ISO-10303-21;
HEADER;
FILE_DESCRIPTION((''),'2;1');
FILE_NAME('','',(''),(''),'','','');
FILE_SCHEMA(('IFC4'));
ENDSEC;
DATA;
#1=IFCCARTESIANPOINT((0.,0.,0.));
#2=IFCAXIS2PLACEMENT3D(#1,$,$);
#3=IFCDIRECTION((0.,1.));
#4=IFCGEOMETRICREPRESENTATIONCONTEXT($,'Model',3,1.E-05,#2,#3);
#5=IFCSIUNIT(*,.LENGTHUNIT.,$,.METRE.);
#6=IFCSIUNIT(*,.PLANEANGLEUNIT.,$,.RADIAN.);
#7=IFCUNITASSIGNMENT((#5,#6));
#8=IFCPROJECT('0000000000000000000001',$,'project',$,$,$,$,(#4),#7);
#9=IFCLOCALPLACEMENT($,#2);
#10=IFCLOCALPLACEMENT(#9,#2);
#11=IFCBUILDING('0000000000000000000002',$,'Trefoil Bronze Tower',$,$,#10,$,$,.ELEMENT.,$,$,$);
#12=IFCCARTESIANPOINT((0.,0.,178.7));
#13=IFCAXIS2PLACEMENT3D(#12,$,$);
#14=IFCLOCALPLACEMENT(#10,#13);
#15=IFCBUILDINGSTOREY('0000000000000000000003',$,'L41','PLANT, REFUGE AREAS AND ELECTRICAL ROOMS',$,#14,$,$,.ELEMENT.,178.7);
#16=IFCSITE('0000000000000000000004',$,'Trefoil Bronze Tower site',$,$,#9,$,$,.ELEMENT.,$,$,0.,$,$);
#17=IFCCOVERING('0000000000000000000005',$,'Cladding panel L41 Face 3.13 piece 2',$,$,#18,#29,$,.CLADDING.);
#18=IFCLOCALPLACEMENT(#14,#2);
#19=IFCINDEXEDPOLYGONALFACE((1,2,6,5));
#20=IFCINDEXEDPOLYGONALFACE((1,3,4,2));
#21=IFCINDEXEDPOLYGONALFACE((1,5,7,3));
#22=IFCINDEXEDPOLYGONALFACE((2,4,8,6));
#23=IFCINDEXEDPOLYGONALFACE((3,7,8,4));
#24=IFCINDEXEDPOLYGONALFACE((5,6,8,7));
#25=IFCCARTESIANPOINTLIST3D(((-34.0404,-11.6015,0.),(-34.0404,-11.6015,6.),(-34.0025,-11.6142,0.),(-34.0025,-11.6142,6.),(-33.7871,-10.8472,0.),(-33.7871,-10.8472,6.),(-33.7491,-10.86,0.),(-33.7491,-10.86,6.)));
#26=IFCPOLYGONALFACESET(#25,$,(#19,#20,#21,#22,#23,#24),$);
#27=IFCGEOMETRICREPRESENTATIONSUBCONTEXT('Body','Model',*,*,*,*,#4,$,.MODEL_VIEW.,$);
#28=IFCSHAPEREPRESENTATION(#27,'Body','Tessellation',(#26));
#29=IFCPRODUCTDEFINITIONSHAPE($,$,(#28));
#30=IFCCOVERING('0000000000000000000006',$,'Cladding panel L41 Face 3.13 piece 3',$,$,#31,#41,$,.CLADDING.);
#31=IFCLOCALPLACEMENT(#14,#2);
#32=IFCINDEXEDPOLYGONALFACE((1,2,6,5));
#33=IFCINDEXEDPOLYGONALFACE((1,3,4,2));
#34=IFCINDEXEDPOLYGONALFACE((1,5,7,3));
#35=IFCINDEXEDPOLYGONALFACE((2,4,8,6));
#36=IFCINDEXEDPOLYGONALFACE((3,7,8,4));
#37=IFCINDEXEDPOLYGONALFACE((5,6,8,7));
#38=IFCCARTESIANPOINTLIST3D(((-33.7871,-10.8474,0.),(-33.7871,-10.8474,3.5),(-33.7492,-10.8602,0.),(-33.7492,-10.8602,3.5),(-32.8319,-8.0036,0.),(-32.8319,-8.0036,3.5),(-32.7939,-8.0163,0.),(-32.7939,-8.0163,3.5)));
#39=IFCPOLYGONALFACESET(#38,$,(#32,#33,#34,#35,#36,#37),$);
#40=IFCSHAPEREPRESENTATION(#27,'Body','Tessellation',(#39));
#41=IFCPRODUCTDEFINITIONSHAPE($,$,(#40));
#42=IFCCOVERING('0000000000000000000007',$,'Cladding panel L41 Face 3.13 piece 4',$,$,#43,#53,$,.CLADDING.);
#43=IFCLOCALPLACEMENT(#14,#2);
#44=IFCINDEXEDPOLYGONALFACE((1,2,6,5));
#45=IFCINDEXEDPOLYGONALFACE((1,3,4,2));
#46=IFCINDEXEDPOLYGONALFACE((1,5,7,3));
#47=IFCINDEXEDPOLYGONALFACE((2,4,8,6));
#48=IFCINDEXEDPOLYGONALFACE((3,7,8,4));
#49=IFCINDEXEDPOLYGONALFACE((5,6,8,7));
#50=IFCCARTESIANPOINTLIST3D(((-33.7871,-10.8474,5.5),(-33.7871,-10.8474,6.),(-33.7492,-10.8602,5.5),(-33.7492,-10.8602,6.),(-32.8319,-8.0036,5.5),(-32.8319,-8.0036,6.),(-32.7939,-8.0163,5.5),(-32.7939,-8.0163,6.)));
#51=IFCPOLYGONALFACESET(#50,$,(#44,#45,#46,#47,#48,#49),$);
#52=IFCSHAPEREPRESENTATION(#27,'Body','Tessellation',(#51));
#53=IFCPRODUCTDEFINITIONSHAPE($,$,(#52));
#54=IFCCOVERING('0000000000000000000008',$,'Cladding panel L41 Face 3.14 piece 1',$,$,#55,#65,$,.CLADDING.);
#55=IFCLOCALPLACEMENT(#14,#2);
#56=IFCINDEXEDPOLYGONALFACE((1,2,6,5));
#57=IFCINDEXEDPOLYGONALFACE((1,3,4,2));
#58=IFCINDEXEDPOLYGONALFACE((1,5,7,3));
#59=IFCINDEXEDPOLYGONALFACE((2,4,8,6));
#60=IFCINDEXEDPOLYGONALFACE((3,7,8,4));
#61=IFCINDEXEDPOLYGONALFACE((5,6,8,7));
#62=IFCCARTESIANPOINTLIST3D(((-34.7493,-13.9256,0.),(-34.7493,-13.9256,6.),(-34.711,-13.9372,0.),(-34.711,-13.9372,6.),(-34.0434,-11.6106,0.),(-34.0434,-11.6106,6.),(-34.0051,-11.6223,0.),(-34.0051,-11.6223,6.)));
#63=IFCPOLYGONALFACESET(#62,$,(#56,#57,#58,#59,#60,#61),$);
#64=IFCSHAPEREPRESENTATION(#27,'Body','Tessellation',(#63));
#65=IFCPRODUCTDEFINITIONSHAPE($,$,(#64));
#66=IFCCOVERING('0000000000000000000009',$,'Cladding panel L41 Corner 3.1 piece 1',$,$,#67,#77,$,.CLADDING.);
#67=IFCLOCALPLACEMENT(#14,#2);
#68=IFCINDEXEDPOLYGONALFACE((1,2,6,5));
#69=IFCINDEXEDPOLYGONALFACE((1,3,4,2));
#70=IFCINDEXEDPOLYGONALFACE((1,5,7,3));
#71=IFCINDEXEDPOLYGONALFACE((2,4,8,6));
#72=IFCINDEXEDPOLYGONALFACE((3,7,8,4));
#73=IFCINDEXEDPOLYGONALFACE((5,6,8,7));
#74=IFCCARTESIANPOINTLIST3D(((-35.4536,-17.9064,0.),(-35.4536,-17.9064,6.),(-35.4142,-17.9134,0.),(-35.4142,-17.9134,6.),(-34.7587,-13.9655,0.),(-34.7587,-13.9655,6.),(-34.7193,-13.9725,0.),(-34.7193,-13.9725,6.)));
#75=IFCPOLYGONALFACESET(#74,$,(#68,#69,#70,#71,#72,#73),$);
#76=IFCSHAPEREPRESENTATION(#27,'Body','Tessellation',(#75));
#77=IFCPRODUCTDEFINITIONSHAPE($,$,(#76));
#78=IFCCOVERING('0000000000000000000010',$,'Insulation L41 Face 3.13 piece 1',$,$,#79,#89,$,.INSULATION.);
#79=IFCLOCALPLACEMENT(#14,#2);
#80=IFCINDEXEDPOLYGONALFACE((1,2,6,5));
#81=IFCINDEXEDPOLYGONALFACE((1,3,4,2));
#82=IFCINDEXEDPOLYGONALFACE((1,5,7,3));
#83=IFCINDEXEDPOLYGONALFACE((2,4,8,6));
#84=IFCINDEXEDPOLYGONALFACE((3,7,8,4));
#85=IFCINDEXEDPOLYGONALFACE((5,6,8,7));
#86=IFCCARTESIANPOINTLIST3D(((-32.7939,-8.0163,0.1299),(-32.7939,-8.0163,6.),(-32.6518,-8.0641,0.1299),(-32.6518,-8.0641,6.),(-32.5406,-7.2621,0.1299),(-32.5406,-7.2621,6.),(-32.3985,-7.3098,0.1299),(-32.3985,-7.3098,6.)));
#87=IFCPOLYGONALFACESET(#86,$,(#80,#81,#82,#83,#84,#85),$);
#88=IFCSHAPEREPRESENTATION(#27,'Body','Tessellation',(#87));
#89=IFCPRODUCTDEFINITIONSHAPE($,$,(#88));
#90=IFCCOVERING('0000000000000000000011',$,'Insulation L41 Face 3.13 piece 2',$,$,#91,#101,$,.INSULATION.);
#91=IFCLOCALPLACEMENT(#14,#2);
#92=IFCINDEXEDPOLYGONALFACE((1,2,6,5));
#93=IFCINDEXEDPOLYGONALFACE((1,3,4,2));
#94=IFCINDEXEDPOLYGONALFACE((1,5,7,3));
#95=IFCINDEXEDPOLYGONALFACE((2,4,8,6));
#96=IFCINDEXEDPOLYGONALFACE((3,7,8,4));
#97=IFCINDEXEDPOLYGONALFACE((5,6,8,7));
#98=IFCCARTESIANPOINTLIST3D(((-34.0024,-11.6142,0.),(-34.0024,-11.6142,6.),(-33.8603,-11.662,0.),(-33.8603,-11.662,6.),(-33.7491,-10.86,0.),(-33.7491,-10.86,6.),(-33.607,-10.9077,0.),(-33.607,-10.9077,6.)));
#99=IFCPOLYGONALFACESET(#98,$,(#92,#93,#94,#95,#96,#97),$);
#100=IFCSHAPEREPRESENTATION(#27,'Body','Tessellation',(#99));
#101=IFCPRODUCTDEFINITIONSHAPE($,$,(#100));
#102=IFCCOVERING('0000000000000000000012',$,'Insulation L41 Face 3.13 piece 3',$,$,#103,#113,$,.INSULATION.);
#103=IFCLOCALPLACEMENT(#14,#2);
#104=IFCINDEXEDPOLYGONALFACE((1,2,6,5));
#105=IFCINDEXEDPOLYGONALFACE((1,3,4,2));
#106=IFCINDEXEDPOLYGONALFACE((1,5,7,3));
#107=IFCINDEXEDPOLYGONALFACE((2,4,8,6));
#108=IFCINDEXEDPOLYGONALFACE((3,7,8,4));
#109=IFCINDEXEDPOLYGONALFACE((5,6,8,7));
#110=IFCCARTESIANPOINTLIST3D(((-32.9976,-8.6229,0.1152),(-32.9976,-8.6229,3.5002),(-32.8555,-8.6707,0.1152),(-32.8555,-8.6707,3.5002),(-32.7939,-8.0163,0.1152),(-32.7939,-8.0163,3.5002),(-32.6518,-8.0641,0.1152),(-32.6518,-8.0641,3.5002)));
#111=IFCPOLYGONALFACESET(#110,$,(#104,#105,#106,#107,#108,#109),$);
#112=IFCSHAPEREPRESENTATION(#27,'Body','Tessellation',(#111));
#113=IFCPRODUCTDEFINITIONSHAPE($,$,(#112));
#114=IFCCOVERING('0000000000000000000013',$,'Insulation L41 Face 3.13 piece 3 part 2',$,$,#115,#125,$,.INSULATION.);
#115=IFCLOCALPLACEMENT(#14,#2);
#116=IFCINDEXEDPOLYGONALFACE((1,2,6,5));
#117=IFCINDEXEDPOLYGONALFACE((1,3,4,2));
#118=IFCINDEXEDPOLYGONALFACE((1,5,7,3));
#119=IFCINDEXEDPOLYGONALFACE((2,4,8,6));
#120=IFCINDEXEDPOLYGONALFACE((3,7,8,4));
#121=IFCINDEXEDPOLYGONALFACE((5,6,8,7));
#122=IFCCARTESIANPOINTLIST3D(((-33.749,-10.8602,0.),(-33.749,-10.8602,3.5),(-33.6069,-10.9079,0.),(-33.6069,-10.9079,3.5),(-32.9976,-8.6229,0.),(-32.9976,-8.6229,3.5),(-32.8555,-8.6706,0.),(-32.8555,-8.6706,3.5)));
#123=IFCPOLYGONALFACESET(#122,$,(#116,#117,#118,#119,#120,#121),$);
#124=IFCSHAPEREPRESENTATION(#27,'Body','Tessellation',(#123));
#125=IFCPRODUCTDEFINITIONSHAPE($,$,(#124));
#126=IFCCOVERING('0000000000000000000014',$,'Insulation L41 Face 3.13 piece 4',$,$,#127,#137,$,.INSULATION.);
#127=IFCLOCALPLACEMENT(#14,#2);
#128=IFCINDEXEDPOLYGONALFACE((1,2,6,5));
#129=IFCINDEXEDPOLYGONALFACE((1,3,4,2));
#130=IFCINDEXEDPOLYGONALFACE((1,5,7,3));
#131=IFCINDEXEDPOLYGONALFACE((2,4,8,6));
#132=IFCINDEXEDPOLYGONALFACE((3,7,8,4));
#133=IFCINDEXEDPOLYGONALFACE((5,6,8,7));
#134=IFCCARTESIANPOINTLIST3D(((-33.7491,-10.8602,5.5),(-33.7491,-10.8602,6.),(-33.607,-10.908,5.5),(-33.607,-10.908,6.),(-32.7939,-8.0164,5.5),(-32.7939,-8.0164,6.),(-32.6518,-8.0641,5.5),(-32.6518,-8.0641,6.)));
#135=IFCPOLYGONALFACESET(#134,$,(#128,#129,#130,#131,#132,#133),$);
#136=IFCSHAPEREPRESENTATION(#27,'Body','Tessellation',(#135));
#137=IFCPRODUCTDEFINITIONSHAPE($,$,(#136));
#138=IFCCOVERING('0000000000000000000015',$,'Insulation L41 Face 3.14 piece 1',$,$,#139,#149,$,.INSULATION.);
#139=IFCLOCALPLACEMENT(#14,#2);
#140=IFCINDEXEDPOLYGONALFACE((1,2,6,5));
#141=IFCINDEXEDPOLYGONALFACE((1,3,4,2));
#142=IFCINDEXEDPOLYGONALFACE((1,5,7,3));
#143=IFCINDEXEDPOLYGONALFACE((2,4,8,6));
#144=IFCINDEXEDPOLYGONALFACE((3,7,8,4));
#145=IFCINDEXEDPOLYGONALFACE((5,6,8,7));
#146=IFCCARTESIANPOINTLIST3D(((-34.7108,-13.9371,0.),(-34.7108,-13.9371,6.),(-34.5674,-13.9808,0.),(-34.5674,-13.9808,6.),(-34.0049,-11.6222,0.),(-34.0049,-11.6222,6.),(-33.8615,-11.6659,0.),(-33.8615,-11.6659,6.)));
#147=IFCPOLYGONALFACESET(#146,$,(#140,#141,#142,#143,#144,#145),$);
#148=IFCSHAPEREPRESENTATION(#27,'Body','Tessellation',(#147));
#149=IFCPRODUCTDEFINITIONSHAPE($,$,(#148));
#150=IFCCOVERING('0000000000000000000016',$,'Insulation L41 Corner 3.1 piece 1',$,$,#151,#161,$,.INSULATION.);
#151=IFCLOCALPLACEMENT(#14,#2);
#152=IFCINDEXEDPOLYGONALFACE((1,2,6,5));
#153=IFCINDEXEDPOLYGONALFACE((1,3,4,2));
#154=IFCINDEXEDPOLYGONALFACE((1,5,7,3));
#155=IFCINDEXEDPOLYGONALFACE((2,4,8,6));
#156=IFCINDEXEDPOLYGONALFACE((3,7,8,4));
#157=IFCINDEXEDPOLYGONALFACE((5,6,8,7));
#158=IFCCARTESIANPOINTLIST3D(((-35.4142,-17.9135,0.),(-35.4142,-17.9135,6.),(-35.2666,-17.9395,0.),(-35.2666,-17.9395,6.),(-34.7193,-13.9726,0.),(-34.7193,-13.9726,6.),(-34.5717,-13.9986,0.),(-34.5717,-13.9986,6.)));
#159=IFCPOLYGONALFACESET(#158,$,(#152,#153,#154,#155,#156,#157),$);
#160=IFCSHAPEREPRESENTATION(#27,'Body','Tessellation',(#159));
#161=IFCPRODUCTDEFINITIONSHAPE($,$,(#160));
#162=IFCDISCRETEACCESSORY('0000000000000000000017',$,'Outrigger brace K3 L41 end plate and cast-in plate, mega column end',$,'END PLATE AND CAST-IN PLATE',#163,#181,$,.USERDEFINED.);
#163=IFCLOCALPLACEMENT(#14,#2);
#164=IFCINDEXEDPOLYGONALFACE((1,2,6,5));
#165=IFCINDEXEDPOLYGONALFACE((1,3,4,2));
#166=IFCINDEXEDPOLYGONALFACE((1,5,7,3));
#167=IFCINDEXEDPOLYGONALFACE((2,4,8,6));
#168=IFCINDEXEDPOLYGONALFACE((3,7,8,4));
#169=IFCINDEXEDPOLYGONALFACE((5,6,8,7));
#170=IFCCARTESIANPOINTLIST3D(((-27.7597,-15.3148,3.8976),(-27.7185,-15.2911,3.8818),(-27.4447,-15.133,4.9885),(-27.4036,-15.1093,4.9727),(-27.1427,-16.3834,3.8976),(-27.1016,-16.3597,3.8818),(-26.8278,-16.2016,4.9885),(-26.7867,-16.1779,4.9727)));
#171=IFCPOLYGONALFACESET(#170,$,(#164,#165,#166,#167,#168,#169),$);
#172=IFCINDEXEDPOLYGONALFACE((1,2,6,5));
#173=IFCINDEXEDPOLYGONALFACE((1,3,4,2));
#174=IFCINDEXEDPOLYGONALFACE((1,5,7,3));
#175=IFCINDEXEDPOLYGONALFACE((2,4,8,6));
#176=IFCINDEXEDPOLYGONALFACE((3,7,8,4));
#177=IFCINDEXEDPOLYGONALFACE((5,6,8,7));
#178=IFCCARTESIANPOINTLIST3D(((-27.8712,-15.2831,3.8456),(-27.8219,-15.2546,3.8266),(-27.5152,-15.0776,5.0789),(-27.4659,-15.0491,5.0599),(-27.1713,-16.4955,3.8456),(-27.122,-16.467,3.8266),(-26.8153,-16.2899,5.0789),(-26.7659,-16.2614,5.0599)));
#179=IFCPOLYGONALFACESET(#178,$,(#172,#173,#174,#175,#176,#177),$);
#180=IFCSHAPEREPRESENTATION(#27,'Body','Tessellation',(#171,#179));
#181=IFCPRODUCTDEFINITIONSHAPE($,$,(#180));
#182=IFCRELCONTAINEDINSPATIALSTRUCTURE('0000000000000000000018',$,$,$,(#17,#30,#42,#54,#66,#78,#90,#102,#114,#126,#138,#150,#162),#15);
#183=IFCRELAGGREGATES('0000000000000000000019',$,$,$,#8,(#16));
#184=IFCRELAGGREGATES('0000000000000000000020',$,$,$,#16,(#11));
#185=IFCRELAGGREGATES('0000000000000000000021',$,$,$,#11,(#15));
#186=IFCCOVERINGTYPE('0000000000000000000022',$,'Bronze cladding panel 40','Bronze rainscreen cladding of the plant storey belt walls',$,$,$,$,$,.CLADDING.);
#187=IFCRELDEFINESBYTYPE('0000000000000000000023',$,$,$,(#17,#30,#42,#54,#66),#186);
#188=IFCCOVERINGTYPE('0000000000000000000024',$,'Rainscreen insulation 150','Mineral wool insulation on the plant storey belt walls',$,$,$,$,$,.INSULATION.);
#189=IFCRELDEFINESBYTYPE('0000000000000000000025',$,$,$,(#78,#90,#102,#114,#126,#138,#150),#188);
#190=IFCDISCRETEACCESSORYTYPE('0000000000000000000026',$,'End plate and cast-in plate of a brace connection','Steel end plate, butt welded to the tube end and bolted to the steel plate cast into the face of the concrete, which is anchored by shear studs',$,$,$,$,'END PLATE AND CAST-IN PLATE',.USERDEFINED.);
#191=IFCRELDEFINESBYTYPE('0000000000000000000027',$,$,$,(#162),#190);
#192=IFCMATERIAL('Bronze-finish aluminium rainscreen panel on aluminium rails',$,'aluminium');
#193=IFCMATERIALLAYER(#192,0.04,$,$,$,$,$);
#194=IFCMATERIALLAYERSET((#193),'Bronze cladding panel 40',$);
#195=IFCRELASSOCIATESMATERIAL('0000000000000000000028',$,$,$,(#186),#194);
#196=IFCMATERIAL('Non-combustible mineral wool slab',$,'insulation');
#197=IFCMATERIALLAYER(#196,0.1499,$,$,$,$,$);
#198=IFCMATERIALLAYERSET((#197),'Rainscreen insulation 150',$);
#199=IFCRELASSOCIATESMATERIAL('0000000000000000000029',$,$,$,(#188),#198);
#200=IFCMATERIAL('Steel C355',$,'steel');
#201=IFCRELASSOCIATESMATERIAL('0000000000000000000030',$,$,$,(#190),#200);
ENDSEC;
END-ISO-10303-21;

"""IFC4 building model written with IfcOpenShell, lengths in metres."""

from ifc_helpers import new_model, si_unit, direction, frame, origin, origin_2d, place, context, subcontext, project, spatial, rectangle, extrude, material, layer, layer_set, type_object, element, save


model = new_model("IFC4")

# Units and contexts
model_context = context("Model", 3, precision=1e-05, world=origin(), true_north=direction((0.0, 1.0)))
body_context = subcontext(model_context, "Body", "Model", "MODEL_VIEW")
ifc_project = project(units=[si_unit("LENGTHUNIT", "METRE"), si_unit("PLANEANGLEUNIT", "RADIAN")], contexts=[model_context])

# Site, building, storey
site_placement = place(None, origin())
site = spatial("IfcSite", under=ifc_project, at=site_placement, Name="Trefoil Bronze Tower site", CompositionType="ELEMENT", RefElevation=0.0)
building_placement = place(site_placement, origin())
building = spatial("IfcBuilding", under=site, at=building_placement, Name="Trefoil Bronze Tower", CompositionType="ELEMENT")
storey_placement = place(building_placement, frame((0.0, 0.0, 178.7)))
storey = spatial("IfcBuildingStorey", under=building, at=storey_placement, Name="L41", Description="PLANT, REFUGE AREAS AND ELECTRICAL ROOMS", CompositionType="ELEMENT", Elevation=178.7)

# Coverings
ifc_material_1 = material(Name="Bronze-finish aluminium rainscreen panel on aluminium rails", Category="aluminium")
ifc_layer_1 = layer(ifc_material_1, 0.04)
ifc_layer_set_1 = layer_set([ifc_layer_1], Name="Bronze cladding panel 40")
covering_type_1 = type_object("IfcCoveringType", Name="Bronze cladding panel 40", Description="Bronze rainscreen cladding of the plant storey belt walls", PredefinedType="CLADDING", material=ifc_layer_set_1)
for number, where, z_axis, x_axis, name in (
    (1, (-33.8948, -11.2307, 0.0), (0.0, 0.0, 1.0), (-0.318404, -0.947955, 0.0), "Cladding panel L41 Face 3.13 piece 2"),
):
    element("IfcCovering", number, at=place(storey_placement, frame(where, z_axis=z_axis, x_axis=x_axis)), inside=storey, type_object=covering_type_1, Name=name, PredefinedType="CLADDING", context=body_context, shape_type="SweptSolid", body=[
        extrude(rectangle(XDim=0.7957, YDim=0.04, at=origin_2d()), origin(), (0.0, 0.0, 1.0), 6.0),
    ])
covering_1_placement = place(storey_placement, frame((-33.2905, -9.4319, 0.0), z_axis=(0.0, 0.0, 1.0), x_axis=(-0.318404, -0.947955, 0.0)))
element("IfcCovering", 2, at=covering_1_placement, inside=storey, type_object=covering_type_1, Name="Cladding panel L41 Face 3.13 piece 3", PredefinedType="CLADDING", context=body_context, shape_type="SweptSolid", body=[
    extrude(rectangle(XDim=3.0, YDim=0.04, at=origin_2d()), origin(), (0.0, 0.0, 1.0), 3.5),
])
covering_2_placement = place(storey_placement, frame((-33.2905, -9.4319, 5.5), z_axis=(0.0, 0.0, 1.0), x_axis=(-0.318404, -0.947955, 0.0)))
element("IfcCovering", 3, at=covering_2_placement, inside=storey, type_object=covering_type_1, Name="Cladding panel L41 Face 3.13 piece 4", PredefinedType="CLADDING", context=body_context, shape_type="SweptSolid", body=[
    extrude(rectangle(XDim=3.0, YDim=0.04, at=origin_2d()), origin(), (0.0, 0.0, 1.0), 0.5),
])
covering_3_placement = place(storey_placement, frame((-34.3772, -12.7739, 0.0), z_axis=(0.0, 0.0, 1.0), x_axis=(-0.291669, -0.956519, 0.0)))
element("IfcCovering", 4, at=covering_3_placement, inside=storey, type_object=covering_type_1, Name="Cladding panel L41 Face 3.14 piece 1", PredefinedType="CLADDING", context=body_context, shape_type="SweptSolid", body=[
    extrude(rectangle(XDim=2.4202, YDim=0.04, at=origin_2d()), origin(), (0.0, 0.0, 1.0), 6.0),
])
covering_4_placement = place(storey_placement, frame((-35.0864, -15.9395, 0.0), z_axis=(0.0, 0.0, 1.0), x_axis=(-0.173648, -0.984808, 0.0)))
element("IfcCovering", 5, at=covering_4_placement, inside=storey, type_object=covering_type_1, Name="Cladding panel L41 Corner 3.1 piece 1", PredefinedType="CLADDING", context=body_context, shape_type="SweptSolid", body=[
    extrude(rectangle(XDim=4.0017, YDim=0.04, at=origin_2d()), origin(), (0.0, 0.0, 1.0), 6.0),
])
ifc_material_2 = material(Name="Non-combustible mineral wool slab", Category="insulation")
ifc_layer_2 = layer(ifc_material_2, 0.1499)
ifc_layer_set_2 = layer_set([ifc_layer_2], Name="Rainscreen insulation 150")
covering_type_2 = type_object("IfcCoveringType", Name="Rainscreen insulation 150", Description="Mineral wool insulation on the plant storey belt walls", PredefinedType="INSULATION", material=ifc_layer_set_2)
covering_5_placement = place(storey_placement, frame((-32.5962, -7.6631, 0.1299), z_axis=(0.0, 0.0, 1.0), x_axis=(-0.318404, -0.947955, 0.0)))
element("IfcCovering", 6, at=covering_5_placement, inside=storey, type_object=covering_type_2, Name="Insulation L41 Face 3.13 piece 1", PredefinedType="INSULATION", context=body_context, shape_type="SweptSolid", body=[
    extrude(rectangle(XDim=0.7957, YDim=0.1499, at=origin_2d()), origin(), (0.0, 0.0, 1.0), 5.8701),
])
covering_6_placement = place(storey_placement, frame((-33.8047, -11.261, 0.0), z_axis=(0.0, 0.0, 1.0), x_axis=(-0.318404, -0.947955, 0.0)))
element("IfcCovering", 7, at=covering_6_placement, inside=storey, type_object=covering_type_2, Name="Insulation L41 Face 3.13 piece 2", PredefinedType="INSULATION", context=body_context, shape_type="SweptSolid", body=[
    extrude(rectangle(XDim=0.7957, YDim=0.1499, at=origin_2d()), origin(), (0.0, 0.0, 1.0), 6.0),
])
covering_7_placement = place(storey_placement, frame((-32.8247, -8.3435, 0.1152), z_axis=(0.0, 0.0, 1.0), x_axis=(-0.318404, -0.947955, 0.0)))
element("IfcCovering", 8, at=covering_7_placement, inside=storey, type_object=covering_type_2, Name="Insulation L41 Face 3.13 piece 3", PredefinedType="INSULATION", context=body_context, shape_type="SweptSolid", body=[
    extrude(rectangle(XDim=0.6399, YDim=0.1499, at=origin_2d()), origin(), (0.0, 0.0, 1.0), 3.385),
])
covering_8_placement = place(storey_placement, frame((-33.3022, -9.7654, 0.0), z_axis=(0.0, 0.0, 1.0), x_axis=(-0.318404, -0.947955, 0.0)))
element("IfcCovering", 9, at=covering_8_placement, inside=storey, type_object=covering_type_2, Name="Insulation L41 Face 3.13 piece 3 part 2", PredefinedType="INSULATION", context=body_context, shape_type="SweptSolid", body=[
    extrude(rectangle(XDim=2.3601, YDim=0.1499, at=origin_2d()), origin(), (0.0, 0.0, 1.0), 3.5),
])
covering_9_placement = place(storey_placement, frame((-33.2004, -9.4622, 5.5), z_axis=(0.0, 0.0, 1.0), x_axis=(-0.318404, -0.947955, 0.0)))
element("IfcCovering", 10, at=covering_9_placement, inside=storey, type_object=covering_type_2, Name="Insulation L41 Face 3.13 piece 4", PredefinedType="INSULATION", context=body_context, shape_type="SweptSolid", body=[
    extrude(rectangle(XDim=3.0, YDim=0.1499, at=origin_2d()), origin(), (0.0, 0.0, 1.0), 0.5),
])
covering_10_placement = place(storey_placement, frame((-34.2861, -12.8015, 0.0), z_axis=(0.0, 0.0, 1.0), x_axis=(-0.291669, -0.956519, 0.0)))
element("IfcCovering", 11, at=covering_10_placement, inside=storey, type_object=covering_type_2, Name="Insulation L41 Face 3.14 piece 1", PredefinedType="INSULATION", context=body_context, shape_type="SweptSolid", body=[
    extrude(rectangle(XDim=2.4202, YDim=0.1499, at=origin_2d()), origin(), (0.0, 0.0, 1.0), 6.0),
])
covering_11_placement = place(storey_placement, frame((-34.9929, -15.9561, 0.0), z_axis=(0.0, 0.0, 1.0), x_axis=(-0.173648, -0.984808, 0.0)))
element("IfcCovering", 12, at=covering_11_placement, inside=storey, type_object=covering_type_2, Name="Insulation L41 Corner 3.1 piece 1", PredefinedType="INSULATION", context=body_context, shape_type="SweptSolid", body=[
    extrude(rectangle(XDim=4.0017, YDim=0.1499, at=origin_2d()), origin(), (0.0, 0.0, 1.0), 6.0),
])

# Discrete accessory
ifc_material_3 = material(Name="Steel C355", Category="steel")
discrete_accessory_type = type_object("IfcDiscreteAccessoryType", Name="End plate and cast-in plate of a brace connection", Description="Steel end plate, butt welded to the tube end and bolted to the steel plate cast into the face of the concrete, which is anchored by shear studs", ElementType="END PLATE AND CAST-IN PLATE", PredefinedType="USERDEFINED", material=ifc_material_3)
discrete_accessory_placement = place(storey_placement, frame((-27.2939, -15.7581, 4.4431), z_axis=(0.273861, 0.158114, 0.948683), x_axis=(0.821584, 0.474342, -0.316228)))
element("IfcDiscreteAccessory", 13, at=discrete_accessory_placement, inside=storey, type_object=discrete_accessory_type, Name="Outrigger brace K3 L41 end plate and cast-in plate, mega column end", ObjectType="END PLATE AND CAST-IN PLATE", PredefinedType="USERDEFINED", context=body_context, shape_type="SweptSolid", body=[
    extrude(rectangle(XDim=0.05, YDim=1.2339, at=origin_2d()), frame((0.0251, -0.0002, -0.575)), (0.0, 0.0, 1.0), 1.1499),
    extrude(rectangle(XDim=0.0601, YDim=1.3999, at=origin_2d()), frame((-0.03, 0.0, -0.6499)), (0.0, 0.0, 1.0), 1.3),
])

save(model, "model.ifc")
